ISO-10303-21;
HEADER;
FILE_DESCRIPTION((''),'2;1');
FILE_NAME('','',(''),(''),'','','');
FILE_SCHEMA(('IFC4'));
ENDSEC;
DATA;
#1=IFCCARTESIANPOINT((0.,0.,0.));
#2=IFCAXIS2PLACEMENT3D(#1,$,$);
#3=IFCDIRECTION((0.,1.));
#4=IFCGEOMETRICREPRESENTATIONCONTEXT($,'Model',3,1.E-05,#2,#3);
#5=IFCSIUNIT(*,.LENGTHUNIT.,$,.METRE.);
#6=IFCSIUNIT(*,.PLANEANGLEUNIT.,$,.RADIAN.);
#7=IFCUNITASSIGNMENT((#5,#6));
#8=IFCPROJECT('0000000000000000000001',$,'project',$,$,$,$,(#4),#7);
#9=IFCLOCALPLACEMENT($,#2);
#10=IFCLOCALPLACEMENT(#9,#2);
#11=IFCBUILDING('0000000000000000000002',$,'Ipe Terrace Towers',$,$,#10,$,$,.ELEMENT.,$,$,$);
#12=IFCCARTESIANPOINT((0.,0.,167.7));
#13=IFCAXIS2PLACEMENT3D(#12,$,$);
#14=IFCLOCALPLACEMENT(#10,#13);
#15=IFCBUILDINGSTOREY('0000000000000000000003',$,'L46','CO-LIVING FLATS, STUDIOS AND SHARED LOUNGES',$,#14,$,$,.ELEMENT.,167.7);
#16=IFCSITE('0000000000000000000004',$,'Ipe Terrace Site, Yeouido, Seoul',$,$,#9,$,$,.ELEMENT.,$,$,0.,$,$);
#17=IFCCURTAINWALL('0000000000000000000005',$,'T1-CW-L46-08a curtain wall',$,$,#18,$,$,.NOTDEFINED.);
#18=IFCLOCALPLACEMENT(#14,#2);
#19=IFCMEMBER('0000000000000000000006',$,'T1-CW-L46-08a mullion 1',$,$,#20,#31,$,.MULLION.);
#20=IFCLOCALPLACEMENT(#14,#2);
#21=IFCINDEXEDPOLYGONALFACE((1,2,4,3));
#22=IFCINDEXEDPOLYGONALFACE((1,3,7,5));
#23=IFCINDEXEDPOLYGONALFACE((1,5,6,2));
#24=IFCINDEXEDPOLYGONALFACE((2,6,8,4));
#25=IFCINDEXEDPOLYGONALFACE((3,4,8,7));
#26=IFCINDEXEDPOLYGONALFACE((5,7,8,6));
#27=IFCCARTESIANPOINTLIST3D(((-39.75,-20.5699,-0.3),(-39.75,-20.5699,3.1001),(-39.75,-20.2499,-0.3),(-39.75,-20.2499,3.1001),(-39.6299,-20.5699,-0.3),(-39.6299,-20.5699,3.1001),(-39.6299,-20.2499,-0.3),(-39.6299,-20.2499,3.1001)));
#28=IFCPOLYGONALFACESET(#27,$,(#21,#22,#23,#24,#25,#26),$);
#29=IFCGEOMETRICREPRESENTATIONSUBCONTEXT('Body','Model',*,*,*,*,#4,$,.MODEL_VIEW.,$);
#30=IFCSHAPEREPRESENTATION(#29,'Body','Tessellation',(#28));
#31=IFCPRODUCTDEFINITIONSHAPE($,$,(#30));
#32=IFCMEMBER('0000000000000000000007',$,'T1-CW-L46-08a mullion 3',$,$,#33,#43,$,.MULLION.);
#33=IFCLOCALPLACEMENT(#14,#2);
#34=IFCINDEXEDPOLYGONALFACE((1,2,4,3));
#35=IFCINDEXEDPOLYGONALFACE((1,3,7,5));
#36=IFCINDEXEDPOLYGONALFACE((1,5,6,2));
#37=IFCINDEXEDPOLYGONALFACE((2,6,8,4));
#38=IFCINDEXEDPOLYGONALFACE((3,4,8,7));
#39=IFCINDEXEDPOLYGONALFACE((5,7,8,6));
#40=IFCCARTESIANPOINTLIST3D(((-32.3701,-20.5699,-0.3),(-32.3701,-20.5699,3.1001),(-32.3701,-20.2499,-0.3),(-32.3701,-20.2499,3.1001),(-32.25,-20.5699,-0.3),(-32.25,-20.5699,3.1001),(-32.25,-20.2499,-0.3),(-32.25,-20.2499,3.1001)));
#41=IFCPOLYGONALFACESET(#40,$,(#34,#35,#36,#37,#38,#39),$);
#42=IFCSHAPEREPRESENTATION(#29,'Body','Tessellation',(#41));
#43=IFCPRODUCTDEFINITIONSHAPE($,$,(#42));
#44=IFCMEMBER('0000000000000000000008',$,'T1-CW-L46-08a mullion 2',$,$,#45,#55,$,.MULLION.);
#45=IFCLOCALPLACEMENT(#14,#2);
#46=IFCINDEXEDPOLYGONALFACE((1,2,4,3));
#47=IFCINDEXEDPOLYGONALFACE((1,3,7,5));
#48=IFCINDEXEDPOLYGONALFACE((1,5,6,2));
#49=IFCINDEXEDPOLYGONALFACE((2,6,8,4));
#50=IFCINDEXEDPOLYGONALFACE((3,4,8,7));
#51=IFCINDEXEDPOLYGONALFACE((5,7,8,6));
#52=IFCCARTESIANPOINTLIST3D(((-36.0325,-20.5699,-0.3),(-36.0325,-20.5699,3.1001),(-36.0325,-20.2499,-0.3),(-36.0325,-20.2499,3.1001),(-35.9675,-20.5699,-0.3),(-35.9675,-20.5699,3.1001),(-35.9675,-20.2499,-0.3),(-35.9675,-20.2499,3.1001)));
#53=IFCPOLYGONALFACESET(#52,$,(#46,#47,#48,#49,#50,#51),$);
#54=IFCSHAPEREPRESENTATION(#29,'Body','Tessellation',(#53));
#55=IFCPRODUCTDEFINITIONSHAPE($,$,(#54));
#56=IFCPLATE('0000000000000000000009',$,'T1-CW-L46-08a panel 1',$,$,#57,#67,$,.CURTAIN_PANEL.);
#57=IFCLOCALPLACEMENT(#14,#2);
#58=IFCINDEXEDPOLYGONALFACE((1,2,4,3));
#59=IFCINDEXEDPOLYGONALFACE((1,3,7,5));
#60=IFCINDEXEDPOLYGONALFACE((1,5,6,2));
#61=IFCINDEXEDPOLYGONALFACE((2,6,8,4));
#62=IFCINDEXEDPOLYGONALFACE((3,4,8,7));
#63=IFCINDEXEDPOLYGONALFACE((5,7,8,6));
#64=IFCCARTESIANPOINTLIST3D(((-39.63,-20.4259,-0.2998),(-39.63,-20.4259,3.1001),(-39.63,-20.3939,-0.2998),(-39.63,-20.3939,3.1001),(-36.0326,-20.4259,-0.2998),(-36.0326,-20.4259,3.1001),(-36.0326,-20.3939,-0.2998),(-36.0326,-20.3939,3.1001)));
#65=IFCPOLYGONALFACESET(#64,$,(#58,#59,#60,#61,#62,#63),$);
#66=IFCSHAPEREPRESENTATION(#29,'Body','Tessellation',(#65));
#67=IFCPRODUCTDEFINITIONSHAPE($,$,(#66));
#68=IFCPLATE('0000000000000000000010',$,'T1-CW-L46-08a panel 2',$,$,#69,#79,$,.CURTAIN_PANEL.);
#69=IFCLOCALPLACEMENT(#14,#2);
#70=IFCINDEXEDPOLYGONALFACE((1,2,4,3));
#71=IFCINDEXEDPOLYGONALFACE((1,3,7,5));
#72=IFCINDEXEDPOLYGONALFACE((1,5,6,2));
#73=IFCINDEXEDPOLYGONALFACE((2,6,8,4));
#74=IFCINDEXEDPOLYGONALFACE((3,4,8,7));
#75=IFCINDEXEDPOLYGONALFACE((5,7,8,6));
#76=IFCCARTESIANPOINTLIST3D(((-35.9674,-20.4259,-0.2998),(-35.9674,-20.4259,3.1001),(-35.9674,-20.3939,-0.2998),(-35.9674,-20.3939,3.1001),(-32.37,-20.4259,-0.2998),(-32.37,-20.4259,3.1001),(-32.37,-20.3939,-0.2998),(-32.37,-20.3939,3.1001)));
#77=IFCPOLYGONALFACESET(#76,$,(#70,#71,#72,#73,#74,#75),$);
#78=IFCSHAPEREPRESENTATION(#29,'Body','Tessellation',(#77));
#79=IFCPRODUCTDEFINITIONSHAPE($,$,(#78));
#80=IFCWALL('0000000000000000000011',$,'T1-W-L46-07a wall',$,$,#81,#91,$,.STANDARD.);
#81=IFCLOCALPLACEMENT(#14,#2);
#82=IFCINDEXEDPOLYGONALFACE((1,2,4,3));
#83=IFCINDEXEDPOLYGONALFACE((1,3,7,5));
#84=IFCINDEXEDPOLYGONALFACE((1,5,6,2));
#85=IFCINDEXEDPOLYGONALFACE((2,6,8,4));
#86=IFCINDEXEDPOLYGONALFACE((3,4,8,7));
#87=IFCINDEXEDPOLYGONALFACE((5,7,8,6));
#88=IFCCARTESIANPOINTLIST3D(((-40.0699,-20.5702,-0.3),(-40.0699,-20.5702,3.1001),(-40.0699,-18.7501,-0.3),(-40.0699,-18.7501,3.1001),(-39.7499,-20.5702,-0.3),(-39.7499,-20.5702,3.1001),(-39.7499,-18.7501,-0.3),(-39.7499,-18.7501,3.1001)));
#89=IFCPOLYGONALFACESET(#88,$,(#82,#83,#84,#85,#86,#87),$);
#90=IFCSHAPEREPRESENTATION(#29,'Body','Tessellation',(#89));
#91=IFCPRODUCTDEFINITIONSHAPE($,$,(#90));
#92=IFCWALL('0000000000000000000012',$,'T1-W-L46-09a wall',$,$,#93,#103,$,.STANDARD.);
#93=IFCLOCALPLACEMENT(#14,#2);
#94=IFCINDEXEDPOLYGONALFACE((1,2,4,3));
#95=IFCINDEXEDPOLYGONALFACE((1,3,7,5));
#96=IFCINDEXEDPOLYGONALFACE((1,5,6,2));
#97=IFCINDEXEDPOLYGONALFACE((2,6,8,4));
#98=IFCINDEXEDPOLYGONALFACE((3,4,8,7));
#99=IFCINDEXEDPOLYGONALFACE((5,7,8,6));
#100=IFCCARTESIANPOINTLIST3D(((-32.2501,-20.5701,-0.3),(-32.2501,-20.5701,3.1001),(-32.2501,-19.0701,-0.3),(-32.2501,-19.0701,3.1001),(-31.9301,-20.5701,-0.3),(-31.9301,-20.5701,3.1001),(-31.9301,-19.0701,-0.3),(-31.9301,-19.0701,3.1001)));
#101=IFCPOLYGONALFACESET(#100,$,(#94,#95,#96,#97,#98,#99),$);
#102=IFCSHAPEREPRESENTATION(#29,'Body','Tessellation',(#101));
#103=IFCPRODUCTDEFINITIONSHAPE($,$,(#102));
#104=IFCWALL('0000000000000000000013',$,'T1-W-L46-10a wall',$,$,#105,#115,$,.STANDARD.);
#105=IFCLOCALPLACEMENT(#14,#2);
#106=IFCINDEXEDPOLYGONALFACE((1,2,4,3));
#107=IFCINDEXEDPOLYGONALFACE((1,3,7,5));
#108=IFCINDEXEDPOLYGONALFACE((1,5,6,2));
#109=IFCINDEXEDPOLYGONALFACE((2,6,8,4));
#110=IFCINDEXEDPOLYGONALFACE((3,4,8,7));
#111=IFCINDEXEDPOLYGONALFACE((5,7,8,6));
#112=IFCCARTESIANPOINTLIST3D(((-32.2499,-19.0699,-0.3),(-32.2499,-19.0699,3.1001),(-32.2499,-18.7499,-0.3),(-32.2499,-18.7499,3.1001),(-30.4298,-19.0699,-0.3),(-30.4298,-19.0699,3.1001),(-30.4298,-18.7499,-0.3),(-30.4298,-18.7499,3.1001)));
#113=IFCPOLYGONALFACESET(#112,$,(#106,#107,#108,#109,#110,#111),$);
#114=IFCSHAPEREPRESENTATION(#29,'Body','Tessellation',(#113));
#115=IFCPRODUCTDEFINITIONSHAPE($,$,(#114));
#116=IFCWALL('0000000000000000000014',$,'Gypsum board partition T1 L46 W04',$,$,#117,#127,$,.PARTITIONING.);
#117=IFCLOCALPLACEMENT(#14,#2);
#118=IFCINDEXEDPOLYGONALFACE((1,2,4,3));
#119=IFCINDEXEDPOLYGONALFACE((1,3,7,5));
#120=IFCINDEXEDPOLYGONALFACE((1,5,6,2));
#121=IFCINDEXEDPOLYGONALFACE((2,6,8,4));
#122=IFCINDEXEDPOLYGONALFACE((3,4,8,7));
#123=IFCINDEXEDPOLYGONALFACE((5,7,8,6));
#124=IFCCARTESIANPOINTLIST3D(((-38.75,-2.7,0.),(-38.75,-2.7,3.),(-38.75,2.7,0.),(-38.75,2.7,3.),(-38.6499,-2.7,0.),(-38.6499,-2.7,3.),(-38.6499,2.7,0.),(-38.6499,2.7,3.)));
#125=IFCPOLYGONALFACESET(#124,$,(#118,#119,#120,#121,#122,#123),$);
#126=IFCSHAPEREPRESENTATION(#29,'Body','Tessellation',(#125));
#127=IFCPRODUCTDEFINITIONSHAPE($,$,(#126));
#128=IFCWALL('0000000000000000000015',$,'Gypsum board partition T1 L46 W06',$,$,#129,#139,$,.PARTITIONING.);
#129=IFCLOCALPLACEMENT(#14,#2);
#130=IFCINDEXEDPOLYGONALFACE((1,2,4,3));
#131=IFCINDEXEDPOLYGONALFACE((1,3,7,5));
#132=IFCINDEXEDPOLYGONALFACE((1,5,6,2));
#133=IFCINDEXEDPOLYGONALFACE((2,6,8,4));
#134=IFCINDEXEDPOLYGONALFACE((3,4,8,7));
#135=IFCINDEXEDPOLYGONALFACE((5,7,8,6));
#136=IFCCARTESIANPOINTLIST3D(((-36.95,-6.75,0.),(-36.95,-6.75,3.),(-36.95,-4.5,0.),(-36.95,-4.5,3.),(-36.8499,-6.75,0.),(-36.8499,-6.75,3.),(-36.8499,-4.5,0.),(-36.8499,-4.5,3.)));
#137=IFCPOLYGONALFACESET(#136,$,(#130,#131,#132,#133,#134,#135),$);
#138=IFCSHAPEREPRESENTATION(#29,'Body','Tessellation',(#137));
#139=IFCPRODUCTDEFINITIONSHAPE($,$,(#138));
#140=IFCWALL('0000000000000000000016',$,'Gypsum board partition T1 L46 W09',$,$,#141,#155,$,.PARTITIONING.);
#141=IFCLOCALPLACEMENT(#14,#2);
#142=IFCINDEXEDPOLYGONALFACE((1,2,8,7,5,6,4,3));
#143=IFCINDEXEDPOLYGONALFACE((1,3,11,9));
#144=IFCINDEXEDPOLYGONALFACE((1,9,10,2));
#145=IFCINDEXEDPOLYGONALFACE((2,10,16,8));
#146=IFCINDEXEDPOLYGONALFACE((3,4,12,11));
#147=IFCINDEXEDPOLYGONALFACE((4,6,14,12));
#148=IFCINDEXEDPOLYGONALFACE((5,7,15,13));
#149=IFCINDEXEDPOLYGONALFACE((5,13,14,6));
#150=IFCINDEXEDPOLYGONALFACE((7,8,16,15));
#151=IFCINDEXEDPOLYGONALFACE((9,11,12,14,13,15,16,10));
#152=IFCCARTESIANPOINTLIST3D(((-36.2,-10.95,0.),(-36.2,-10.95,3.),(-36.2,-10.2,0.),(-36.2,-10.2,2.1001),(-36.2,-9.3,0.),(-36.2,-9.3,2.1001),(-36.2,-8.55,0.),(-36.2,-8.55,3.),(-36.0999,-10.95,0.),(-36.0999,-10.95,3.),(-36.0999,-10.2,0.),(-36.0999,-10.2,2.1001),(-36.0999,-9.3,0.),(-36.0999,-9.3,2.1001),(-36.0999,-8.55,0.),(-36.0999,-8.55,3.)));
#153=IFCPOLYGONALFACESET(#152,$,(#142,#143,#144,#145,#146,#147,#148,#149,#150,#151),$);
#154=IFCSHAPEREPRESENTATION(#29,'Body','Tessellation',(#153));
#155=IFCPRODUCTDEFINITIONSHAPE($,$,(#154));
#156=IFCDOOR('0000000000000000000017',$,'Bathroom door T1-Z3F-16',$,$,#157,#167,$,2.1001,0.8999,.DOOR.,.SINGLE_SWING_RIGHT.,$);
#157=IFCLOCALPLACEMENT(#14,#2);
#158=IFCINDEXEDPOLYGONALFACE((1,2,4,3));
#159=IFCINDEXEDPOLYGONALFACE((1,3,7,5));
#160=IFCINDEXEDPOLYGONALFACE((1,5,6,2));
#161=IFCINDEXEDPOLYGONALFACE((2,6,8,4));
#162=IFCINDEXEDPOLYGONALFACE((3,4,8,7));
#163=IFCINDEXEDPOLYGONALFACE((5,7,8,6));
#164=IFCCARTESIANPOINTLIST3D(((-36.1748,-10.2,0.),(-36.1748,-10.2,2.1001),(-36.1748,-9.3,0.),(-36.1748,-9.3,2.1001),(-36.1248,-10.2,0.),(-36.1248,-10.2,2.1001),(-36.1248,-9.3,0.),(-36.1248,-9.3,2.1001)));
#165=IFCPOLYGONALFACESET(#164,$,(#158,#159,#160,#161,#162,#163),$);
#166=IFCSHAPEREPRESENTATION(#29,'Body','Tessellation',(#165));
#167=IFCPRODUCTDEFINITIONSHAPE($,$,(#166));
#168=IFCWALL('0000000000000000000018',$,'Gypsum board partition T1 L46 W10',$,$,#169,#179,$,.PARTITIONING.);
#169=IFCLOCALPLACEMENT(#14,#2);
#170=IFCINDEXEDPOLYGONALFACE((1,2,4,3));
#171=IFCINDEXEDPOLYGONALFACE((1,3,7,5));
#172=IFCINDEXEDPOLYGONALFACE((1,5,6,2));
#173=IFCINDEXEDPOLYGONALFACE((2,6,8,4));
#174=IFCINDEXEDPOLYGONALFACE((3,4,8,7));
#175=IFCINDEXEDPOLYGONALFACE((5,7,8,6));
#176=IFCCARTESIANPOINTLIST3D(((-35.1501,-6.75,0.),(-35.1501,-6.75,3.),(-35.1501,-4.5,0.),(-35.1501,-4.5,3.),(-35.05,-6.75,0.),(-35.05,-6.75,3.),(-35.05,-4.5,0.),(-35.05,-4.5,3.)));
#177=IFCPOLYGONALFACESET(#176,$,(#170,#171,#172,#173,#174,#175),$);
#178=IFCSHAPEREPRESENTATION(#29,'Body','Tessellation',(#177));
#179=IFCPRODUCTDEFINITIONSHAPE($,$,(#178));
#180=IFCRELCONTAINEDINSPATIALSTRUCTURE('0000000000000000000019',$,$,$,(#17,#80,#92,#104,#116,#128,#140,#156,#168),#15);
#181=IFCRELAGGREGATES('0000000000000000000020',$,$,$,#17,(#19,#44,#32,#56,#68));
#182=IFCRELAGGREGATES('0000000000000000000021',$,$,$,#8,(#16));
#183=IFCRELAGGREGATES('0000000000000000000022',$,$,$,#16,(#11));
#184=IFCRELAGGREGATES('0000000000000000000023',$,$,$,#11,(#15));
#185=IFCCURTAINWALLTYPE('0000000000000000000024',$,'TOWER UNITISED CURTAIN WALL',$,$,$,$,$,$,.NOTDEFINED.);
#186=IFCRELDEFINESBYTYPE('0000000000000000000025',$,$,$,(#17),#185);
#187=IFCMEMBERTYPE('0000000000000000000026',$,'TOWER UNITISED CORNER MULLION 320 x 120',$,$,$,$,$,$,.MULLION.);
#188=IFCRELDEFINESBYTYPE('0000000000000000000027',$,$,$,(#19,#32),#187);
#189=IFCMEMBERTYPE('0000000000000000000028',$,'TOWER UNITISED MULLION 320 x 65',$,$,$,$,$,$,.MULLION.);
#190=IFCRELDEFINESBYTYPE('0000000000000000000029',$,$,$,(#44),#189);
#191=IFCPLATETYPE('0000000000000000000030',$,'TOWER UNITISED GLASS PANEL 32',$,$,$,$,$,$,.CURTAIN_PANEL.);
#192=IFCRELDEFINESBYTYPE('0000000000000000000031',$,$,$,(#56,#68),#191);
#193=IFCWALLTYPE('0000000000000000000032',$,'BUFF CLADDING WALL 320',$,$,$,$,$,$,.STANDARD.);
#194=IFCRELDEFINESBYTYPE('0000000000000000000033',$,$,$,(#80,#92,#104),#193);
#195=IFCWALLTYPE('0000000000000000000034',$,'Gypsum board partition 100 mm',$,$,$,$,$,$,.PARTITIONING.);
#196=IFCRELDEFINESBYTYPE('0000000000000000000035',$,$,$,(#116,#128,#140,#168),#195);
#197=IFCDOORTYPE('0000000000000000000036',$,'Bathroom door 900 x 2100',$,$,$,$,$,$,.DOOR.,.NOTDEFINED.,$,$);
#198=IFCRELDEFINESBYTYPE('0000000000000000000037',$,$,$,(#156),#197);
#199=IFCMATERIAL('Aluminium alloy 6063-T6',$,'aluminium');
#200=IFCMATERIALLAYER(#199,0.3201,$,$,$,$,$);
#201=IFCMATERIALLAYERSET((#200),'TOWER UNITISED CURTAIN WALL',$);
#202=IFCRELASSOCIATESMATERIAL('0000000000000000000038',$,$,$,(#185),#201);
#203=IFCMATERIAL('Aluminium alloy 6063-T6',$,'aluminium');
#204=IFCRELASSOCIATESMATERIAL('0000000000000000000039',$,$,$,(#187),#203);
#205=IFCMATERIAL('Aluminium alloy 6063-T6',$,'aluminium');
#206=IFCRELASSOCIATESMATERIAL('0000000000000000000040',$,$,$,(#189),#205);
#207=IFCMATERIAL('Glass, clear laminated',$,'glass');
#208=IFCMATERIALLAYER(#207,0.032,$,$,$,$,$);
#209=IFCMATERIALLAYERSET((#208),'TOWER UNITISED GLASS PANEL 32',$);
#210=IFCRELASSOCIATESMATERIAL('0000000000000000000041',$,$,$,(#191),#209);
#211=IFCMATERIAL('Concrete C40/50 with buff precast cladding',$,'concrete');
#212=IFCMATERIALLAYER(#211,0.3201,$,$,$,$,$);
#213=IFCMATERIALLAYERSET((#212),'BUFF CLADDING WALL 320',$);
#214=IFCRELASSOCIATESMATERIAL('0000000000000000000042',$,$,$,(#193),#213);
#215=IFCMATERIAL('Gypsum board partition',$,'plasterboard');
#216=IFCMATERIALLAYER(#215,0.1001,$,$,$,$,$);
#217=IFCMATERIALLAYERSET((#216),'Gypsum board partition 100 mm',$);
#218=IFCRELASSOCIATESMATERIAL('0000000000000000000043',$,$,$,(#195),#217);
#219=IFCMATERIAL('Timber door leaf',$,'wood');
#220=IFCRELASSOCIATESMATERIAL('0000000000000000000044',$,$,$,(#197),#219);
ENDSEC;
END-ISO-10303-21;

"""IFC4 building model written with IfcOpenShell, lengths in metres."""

from ifc_helpers import new_model, si_unit, direction, frame, frame_2d, origin, origin_2d, place, context, subcontext, project, spatial, rectangle, extrude, material, layer, layer_set, material_profile, profile_set, type_object, element, fill, aggregate, save


model = new_model("IFC4")

# Units and contexts
model_context = context("Model", 3, precision=1e-05, world=origin(), true_north=direction((0.0, 1.0)))
body_context = subcontext(model_context, "Body", "Model", "MODEL_VIEW")
ifc_project = project(units=[si_unit("LENGTHUNIT", "METRE"), si_unit("PLANEANGLEUNIT", "RADIAN")], contexts=[model_context])

# Site, building, storey
site_placement = place(None, origin())
site = spatial("IfcSite", under=ifc_project, at=site_placement, Name="Ipe Terrace Site, Yeouido, Seoul", CompositionType="ELEMENT", RefElevation=0.0)
building_placement = place(site_placement, origin())
building = spatial("IfcBuilding", under=site, at=building_placement, Name="Ipe Terrace Towers", CompositionType="ELEMENT")
storey_placement = place(building_placement, frame((0.0, 0.0, 167.7)))
storey = spatial("IfcBuildingStorey", under=building, at=storey_placement, Name="L46", Description="CO-LIVING FLATS, STUDIOS AND SHARED LOUNGES", CompositionType="ELEMENT", Elevation=167.7)

# Curtain wall, members, plates
ifc_material_1 = material(Name="Aluminium alloy 6063-T6", Category="aluminium")
ifc_layer_1 = layer(ifc_material_1, 0.3201)
ifc_layer_set_1 = layer_set([ifc_layer_1], Name="TOWER UNITISED CURTAIN WALL")
curtain_wall_type = type_object("IfcCurtainWallType", Name="TOWER UNITISED CURTAIN WALL", PredefinedType="NOTDEFINED", material=ifc_layer_set_1)
curtain_wall_placement = place(storey_placement, origin())
curtain_wall = element("IfcCurtainWall", 1, at=curtain_wall_placement, inside=storey, type_object=curtain_wall_type, Name="T1-CW-L46-08a curtain wall", PredefinedType="NOTDEFINED")
ifc_material_2 = material(Name="Aluminium alloy 6063-T6", Category="aluminium")
ifc_material_profile_1 = material_profile(ifc_material_2, rectangle(XDim=0.3201, YDim=0.1201, at=origin_2d()), Name="TOWER UNITISED CORNER MULLION 320 x 120")
ifc_profile_set_1 = profile_set([ifc_material_profile_1], Name="Aluminium alloy 6063-T6")
member_type_1 = type_object("IfcMemberType", Name="TOWER UNITISED CORNER MULLION 320 x 120", PredefinedType="MULLION", material=ifc_profile_set_1)
member_1_placement = place(storey_placement, frame((-39.6899, -20.4099, -0.3), z_axis=(0.0, 0.0, 1.0), x_axis=(0.0, -1.0, 0.0)))
member_1 = element("IfcMember", 2, at=member_1_placement, type_object=member_type_1, Name="T1-CW-L46-08a mullion 1", PredefinedType="MULLION", context=body_context, shape_type="SweptSolid", body=[
    extrude(rectangle(XDim=0.3201, YDim=0.1201, at=origin_2d()), origin(), (0.0, 0.0, 1.0), 3.4001),
])
member_2_placement = place(storey_placement, frame((-32.3101, -20.4099, -0.3), z_axis=(0.0, 0.0, 1.0), x_axis=(0.0, -1.0, 0.0)))
member_2 = element("IfcMember", 3, at=member_2_placement, type_object=member_type_1, Name="T1-CW-L46-08a mullion 3", PredefinedType="MULLION", context=body_context, shape_type="SweptSolid", body=[
    extrude(rectangle(XDim=0.3201, YDim=0.1201, at=origin_2d()), origin(), (0.0, 0.0, 1.0), 3.4001),
])
ifc_material_3 = material(Name="Aluminium alloy 6063-T6", Category="aluminium")
ifc_material_profile_2 = material_profile(ifc_material_3, rectangle(XDim=0.3201, YDim=0.0649, at=origin_2d()), Name="TOWER UNITISED MULLION 320 x 65")
ifc_profile_set_2 = profile_set([ifc_material_profile_2], Name="Aluminium alloy 6063-T6")
member_type_2 = type_object("IfcMemberType", Name="TOWER UNITISED MULLION 320 x 65", PredefinedType="MULLION", material=ifc_profile_set_2)
member_3_placement = place(storey_placement, frame((-36.0, -20.4099, -0.3), z_axis=(0.0, 0.0, 1.0), x_axis=(0.0, -1.0, 0.0)))
member_3 = element("IfcMember", 4, at=member_3_placement, type_object=member_type_2, Name="T1-CW-L46-08a mullion 2", PredefinedType="MULLION", context=body_context, shape_type="SweptSolid", body=[
    extrude(rectangle(XDim=0.3201, YDim=0.0649, at=origin_2d()), origin(), (0.0, 0.0, 1.0), 3.4001),
])
ifc_material_4 = material(Name="Glass, clear laminated", Category="glass")
ifc_layer_2 = layer(ifc_material_4, 0.032)
ifc_layer_set_2 = layer_set([ifc_layer_2], Name="TOWER UNITISED GLASS PANEL 32")
plate_type = type_object("IfcPlateType", Name="TOWER UNITISED GLASS PANEL 32", PredefinedType="CURTAIN_PANEL", material=ifc_layer_set_2)
plate_1_placement = place(storey_placement, frame((-37.8313, -20.4099, -0.2998), z_axis=(0.0, 0.0, 1.0), x_axis=(1.0, 0.0, 0.0)))
plate_1 = element("IfcPlate", 5, at=plate_1_placement, type_object=plate_type, Name="T1-CW-L46-08a panel 1", PredefinedType="CURTAIN_PANEL", context=body_context, shape_type="SweptSolid", body=[
    extrude(rectangle(XDim=3.5974, YDim=0.032, at=origin_2d()), origin(), (0.0, 0.0, 1.0), 3.3999),
])
plate_2_placement = place(storey_placement, frame((-34.1687, -20.4099, -0.2998), z_axis=(0.0, 0.0, 1.0), x_axis=(1.0, 0.0, 0.0)))
plate_2 = element("IfcPlate", 6, at=plate_2_placement, type_object=plate_type, Name="T1-CW-L46-08a panel 2", PredefinedType="CURTAIN_PANEL", context=body_context, shape_type="SweptSolid", body=[
    extrude(rectangle(XDim=3.5974, YDim=0.032, at=origin_2d()), origin(), (0.0, 0.0, 1.0), 3.3999),
])
aggregate(curtain_wall, [member_1, member_3, member_2, plate_1, plate_2])

# Walls
ifc_material_5 = material(Name="Concrete C40/50 with buff precast cladding", Category="concrete")
ifc_layer_3 = layer(ifc_material_5, 0.3201)
ifc_layer_set_3 = layer_set([ifc_layer_3], Name="BUFF CLADDING WALL 320")
wall_type_1 = type_object("IfcWallType", Name="BUFF CLADDING WALL 320", PredefinedType="STANDARD", material=ifc_layer_set_3)
wall_1_placement = place(storey_placement, frame((-39.9099, -18.75, -0.3), z_axis=(0.0, 0.0, 1.0), x_axis=(0.0, -1.0, 0.0)))
element("IfcWall", 7, at=wall_1_placement, inside=storey, type_object=wall_type_1, Name="T1-W-L46-07a wall", PredefinedType="STANDARD", context=body_context, shape_type="SweptSolid", body=[
    extrude(rectangle(XDim=1.8201, YDim=0.3201, at=frame_2d((0.9102, 0.0))), origin(), (0.0, 0.0, 1.0), 3.4001),
])
wall_2_placement = place(storey_placement, frame((-32.0901, -20.5701, -0.3), z_axis=(0.0, 0.0, 1.0), x_axis=(0.0, 1.0, 0.0)))
element("IfcWall", 8, at=wall_2_placement, inside=storey, type_object=wall_type_1, Name="T1-W-L46-09a wall", PredefinedType="STANDARD", context=body_context, shape_type="SweptSolid", body=[
    extrude(rectangle(XDim=1.5, YDim=0.3201, at=frame_2d((0.75, 0.0))), origin(), (0.0, 0.0, 1.0), 3.4001),
])
wall_3_placement = place(storey_placement, frame((-32.25, -18.9099, -0.3), z_axis=(0.0, 0.0, 1.0), x_axis=(1.0, 0.0, 0.0)))
element("IfcWall", 9, at=wall_3_placement, inside=storey, type_object=wall_type_1, Name="T1-W-L46-10a wall", PredefinedType="STANDARD", context=body_context, shape_type="SweptSolid", body=[
    extrude(rectangle(XDim=1.8201, YDim=0.3201, at=frame_2d((0.9102, 0.0))), origin(), (0.0, 0.0, 1.0), 3.4001),
])
ifc_material_6 = material(Name="Gypsum board partition", Category="plasterboard")
ifc_layer_4 = layer(ifc_material_6, 0.1001)
ifc_layer_set_4 = layer_set([ifc_layer_4], Name="Gypsum board partition 100 mm")
wall_type_2 = type_object("IfcWallType", Name="Gypsum board partition 100 mm", PredefinedType="PARTITIONING", material=ifc_layer_set_4)
wall_4_placement = place(storey_placement, frame((-38.7, -2.7, 0.0), z_axis=(0.0, 0.0, 1.0), x_axis=(0.0, 1.0, 0.0)))
element("IfcWall", 10, at=wall_4_placement, inside=storey, type_object=wall_type_2, Name="Gypsum board partition T1 L46 W04", PredefinedType="PARTITIONING", context=body_context, shape_type="SweptSolid", body=[
    extrude(rectangle(XDim=5.3999, YDim=0.1001, at=frame_2d((2.7, 0.0))), origin(), (0.0, 0.0, 1.0), 3.0),
])
wall_5_placement = place(storey_placement, frame((-36.8999, -6.75, 0.0), z_axis=(0.0, 0.0, 1.0), x_axis=(0.0, 1.0, 0.0)))
element("IfcWall", 11, at=wall_5_placement, inside=storey, type_object=wall_type_2, Name="Gypsum board partition T1 L46 W06", PredefinedType="PARTITIONING", context=body_context, shape_type="SweptSolid", body=[
    extrude(rectangle(XDim=2.25, YDim=0.1001, at=frame_2d((1.125, 0.0))), origin(), (0.0, 0.0, 1.0), 3.0),
])

# Wall, opening, door
wall_6_placement = place(storey_placement, frame((-36.1499, -10.95, 0.0), z_axis=(0.0, 0.0, 1.0), x_axis=(0.0, 1.0, 0.0)))
wall_6 = element("IfcWall", 12, at=wall_6_placement, inside=storey, type_object=wall_type_2, Name="Gypsum board partition T1 L46 W09", PredefinedType="PARTITIONING", context=body_context, shape_type="SweptSolid", body=[
    extrude(rectangle(XDim=2.3999, YDim=0.1001, at=frame_2d((1.2, 0.0))), origin(), (0.0, 0.0, 1.0), 3.0),
])
opening_1_placement = place(wall_6_placement, frame((0.75, 0.0, 0.0)))
opening_1 = element("IfcOpeningElement", 13, at=opening_1_placement, cuts=wall_6, PredefinedType="OPENING", context=body_context, shape_type="SweptSolid", body=[
    extrude(rectangle(XDim=0.8999, YDim=2.1001, at=frame_2d((0.45, 1.05))), frame((0.0, 0.0601, 0.0), z_axis=(0.0, -1.0, 0.0), x_axis=(1.0, 0.0, 0.0)), (0.0, 0.0, 1.0), 0.1201),
])
ifc_material_7 = material(Name="Timber door leaf", Category="wood")
door_type_1 = type_object("IfcDoorType", Name="Bathroom door 900 x 2100", OperationType="NOTDEFINED", PredefinedType="DOOR", material=ifc_material_7)
door_1_placement = place(opening_1_placement, origin())
door_1 = element("IfcDoor", 14, at=door_1_placement, inside=storey, type_object=door_type_1, Name="Bathroom door T1-Z3F-16", OperationType="SINGLE_SWING_RIGHT", OverallHeight=2.1001, OverallWidth=0.8999, PredefinedType="DOOR", context=body_context, shape_type="SweptSolid", body=[
    extrude(rectangle(XDim=0.8999, YDim=2.1001, at=frame_2d((0.45, 1.05))), frame((0.0, 0.0249, 0.0), z_axis=(0.0, -1.0, 0.0), x_axis=(1.0, 0.0, 0.0)), (0.0, 0.0, 1.0), 0.05),
])
fill(opening_1, door_1)

# Wall
wall_7_placement = place(storey_placement, frame((-35.1001, -6.75, 0.0), z_axis=(0.0, 0.0, 1.0), x_axis=(0.0, 1.0, 0.0)))
element("IfcWall", 15, at=wall_7_placement, inside=storey, type_object=wall_type_2, Name="Gypsum board partition T1 L46 W10", PredefinedType="PARTITIONING", context=body_context, shape_type="SweptSolid", body=[
    extrude(rectangle(XDim=2.25, YDim=0.1001, at=frame_2d((1.125, 0.0))), origin(), (0.0, 0.0, 1.0), 3.0),
])

save(model, "model.ifc")
